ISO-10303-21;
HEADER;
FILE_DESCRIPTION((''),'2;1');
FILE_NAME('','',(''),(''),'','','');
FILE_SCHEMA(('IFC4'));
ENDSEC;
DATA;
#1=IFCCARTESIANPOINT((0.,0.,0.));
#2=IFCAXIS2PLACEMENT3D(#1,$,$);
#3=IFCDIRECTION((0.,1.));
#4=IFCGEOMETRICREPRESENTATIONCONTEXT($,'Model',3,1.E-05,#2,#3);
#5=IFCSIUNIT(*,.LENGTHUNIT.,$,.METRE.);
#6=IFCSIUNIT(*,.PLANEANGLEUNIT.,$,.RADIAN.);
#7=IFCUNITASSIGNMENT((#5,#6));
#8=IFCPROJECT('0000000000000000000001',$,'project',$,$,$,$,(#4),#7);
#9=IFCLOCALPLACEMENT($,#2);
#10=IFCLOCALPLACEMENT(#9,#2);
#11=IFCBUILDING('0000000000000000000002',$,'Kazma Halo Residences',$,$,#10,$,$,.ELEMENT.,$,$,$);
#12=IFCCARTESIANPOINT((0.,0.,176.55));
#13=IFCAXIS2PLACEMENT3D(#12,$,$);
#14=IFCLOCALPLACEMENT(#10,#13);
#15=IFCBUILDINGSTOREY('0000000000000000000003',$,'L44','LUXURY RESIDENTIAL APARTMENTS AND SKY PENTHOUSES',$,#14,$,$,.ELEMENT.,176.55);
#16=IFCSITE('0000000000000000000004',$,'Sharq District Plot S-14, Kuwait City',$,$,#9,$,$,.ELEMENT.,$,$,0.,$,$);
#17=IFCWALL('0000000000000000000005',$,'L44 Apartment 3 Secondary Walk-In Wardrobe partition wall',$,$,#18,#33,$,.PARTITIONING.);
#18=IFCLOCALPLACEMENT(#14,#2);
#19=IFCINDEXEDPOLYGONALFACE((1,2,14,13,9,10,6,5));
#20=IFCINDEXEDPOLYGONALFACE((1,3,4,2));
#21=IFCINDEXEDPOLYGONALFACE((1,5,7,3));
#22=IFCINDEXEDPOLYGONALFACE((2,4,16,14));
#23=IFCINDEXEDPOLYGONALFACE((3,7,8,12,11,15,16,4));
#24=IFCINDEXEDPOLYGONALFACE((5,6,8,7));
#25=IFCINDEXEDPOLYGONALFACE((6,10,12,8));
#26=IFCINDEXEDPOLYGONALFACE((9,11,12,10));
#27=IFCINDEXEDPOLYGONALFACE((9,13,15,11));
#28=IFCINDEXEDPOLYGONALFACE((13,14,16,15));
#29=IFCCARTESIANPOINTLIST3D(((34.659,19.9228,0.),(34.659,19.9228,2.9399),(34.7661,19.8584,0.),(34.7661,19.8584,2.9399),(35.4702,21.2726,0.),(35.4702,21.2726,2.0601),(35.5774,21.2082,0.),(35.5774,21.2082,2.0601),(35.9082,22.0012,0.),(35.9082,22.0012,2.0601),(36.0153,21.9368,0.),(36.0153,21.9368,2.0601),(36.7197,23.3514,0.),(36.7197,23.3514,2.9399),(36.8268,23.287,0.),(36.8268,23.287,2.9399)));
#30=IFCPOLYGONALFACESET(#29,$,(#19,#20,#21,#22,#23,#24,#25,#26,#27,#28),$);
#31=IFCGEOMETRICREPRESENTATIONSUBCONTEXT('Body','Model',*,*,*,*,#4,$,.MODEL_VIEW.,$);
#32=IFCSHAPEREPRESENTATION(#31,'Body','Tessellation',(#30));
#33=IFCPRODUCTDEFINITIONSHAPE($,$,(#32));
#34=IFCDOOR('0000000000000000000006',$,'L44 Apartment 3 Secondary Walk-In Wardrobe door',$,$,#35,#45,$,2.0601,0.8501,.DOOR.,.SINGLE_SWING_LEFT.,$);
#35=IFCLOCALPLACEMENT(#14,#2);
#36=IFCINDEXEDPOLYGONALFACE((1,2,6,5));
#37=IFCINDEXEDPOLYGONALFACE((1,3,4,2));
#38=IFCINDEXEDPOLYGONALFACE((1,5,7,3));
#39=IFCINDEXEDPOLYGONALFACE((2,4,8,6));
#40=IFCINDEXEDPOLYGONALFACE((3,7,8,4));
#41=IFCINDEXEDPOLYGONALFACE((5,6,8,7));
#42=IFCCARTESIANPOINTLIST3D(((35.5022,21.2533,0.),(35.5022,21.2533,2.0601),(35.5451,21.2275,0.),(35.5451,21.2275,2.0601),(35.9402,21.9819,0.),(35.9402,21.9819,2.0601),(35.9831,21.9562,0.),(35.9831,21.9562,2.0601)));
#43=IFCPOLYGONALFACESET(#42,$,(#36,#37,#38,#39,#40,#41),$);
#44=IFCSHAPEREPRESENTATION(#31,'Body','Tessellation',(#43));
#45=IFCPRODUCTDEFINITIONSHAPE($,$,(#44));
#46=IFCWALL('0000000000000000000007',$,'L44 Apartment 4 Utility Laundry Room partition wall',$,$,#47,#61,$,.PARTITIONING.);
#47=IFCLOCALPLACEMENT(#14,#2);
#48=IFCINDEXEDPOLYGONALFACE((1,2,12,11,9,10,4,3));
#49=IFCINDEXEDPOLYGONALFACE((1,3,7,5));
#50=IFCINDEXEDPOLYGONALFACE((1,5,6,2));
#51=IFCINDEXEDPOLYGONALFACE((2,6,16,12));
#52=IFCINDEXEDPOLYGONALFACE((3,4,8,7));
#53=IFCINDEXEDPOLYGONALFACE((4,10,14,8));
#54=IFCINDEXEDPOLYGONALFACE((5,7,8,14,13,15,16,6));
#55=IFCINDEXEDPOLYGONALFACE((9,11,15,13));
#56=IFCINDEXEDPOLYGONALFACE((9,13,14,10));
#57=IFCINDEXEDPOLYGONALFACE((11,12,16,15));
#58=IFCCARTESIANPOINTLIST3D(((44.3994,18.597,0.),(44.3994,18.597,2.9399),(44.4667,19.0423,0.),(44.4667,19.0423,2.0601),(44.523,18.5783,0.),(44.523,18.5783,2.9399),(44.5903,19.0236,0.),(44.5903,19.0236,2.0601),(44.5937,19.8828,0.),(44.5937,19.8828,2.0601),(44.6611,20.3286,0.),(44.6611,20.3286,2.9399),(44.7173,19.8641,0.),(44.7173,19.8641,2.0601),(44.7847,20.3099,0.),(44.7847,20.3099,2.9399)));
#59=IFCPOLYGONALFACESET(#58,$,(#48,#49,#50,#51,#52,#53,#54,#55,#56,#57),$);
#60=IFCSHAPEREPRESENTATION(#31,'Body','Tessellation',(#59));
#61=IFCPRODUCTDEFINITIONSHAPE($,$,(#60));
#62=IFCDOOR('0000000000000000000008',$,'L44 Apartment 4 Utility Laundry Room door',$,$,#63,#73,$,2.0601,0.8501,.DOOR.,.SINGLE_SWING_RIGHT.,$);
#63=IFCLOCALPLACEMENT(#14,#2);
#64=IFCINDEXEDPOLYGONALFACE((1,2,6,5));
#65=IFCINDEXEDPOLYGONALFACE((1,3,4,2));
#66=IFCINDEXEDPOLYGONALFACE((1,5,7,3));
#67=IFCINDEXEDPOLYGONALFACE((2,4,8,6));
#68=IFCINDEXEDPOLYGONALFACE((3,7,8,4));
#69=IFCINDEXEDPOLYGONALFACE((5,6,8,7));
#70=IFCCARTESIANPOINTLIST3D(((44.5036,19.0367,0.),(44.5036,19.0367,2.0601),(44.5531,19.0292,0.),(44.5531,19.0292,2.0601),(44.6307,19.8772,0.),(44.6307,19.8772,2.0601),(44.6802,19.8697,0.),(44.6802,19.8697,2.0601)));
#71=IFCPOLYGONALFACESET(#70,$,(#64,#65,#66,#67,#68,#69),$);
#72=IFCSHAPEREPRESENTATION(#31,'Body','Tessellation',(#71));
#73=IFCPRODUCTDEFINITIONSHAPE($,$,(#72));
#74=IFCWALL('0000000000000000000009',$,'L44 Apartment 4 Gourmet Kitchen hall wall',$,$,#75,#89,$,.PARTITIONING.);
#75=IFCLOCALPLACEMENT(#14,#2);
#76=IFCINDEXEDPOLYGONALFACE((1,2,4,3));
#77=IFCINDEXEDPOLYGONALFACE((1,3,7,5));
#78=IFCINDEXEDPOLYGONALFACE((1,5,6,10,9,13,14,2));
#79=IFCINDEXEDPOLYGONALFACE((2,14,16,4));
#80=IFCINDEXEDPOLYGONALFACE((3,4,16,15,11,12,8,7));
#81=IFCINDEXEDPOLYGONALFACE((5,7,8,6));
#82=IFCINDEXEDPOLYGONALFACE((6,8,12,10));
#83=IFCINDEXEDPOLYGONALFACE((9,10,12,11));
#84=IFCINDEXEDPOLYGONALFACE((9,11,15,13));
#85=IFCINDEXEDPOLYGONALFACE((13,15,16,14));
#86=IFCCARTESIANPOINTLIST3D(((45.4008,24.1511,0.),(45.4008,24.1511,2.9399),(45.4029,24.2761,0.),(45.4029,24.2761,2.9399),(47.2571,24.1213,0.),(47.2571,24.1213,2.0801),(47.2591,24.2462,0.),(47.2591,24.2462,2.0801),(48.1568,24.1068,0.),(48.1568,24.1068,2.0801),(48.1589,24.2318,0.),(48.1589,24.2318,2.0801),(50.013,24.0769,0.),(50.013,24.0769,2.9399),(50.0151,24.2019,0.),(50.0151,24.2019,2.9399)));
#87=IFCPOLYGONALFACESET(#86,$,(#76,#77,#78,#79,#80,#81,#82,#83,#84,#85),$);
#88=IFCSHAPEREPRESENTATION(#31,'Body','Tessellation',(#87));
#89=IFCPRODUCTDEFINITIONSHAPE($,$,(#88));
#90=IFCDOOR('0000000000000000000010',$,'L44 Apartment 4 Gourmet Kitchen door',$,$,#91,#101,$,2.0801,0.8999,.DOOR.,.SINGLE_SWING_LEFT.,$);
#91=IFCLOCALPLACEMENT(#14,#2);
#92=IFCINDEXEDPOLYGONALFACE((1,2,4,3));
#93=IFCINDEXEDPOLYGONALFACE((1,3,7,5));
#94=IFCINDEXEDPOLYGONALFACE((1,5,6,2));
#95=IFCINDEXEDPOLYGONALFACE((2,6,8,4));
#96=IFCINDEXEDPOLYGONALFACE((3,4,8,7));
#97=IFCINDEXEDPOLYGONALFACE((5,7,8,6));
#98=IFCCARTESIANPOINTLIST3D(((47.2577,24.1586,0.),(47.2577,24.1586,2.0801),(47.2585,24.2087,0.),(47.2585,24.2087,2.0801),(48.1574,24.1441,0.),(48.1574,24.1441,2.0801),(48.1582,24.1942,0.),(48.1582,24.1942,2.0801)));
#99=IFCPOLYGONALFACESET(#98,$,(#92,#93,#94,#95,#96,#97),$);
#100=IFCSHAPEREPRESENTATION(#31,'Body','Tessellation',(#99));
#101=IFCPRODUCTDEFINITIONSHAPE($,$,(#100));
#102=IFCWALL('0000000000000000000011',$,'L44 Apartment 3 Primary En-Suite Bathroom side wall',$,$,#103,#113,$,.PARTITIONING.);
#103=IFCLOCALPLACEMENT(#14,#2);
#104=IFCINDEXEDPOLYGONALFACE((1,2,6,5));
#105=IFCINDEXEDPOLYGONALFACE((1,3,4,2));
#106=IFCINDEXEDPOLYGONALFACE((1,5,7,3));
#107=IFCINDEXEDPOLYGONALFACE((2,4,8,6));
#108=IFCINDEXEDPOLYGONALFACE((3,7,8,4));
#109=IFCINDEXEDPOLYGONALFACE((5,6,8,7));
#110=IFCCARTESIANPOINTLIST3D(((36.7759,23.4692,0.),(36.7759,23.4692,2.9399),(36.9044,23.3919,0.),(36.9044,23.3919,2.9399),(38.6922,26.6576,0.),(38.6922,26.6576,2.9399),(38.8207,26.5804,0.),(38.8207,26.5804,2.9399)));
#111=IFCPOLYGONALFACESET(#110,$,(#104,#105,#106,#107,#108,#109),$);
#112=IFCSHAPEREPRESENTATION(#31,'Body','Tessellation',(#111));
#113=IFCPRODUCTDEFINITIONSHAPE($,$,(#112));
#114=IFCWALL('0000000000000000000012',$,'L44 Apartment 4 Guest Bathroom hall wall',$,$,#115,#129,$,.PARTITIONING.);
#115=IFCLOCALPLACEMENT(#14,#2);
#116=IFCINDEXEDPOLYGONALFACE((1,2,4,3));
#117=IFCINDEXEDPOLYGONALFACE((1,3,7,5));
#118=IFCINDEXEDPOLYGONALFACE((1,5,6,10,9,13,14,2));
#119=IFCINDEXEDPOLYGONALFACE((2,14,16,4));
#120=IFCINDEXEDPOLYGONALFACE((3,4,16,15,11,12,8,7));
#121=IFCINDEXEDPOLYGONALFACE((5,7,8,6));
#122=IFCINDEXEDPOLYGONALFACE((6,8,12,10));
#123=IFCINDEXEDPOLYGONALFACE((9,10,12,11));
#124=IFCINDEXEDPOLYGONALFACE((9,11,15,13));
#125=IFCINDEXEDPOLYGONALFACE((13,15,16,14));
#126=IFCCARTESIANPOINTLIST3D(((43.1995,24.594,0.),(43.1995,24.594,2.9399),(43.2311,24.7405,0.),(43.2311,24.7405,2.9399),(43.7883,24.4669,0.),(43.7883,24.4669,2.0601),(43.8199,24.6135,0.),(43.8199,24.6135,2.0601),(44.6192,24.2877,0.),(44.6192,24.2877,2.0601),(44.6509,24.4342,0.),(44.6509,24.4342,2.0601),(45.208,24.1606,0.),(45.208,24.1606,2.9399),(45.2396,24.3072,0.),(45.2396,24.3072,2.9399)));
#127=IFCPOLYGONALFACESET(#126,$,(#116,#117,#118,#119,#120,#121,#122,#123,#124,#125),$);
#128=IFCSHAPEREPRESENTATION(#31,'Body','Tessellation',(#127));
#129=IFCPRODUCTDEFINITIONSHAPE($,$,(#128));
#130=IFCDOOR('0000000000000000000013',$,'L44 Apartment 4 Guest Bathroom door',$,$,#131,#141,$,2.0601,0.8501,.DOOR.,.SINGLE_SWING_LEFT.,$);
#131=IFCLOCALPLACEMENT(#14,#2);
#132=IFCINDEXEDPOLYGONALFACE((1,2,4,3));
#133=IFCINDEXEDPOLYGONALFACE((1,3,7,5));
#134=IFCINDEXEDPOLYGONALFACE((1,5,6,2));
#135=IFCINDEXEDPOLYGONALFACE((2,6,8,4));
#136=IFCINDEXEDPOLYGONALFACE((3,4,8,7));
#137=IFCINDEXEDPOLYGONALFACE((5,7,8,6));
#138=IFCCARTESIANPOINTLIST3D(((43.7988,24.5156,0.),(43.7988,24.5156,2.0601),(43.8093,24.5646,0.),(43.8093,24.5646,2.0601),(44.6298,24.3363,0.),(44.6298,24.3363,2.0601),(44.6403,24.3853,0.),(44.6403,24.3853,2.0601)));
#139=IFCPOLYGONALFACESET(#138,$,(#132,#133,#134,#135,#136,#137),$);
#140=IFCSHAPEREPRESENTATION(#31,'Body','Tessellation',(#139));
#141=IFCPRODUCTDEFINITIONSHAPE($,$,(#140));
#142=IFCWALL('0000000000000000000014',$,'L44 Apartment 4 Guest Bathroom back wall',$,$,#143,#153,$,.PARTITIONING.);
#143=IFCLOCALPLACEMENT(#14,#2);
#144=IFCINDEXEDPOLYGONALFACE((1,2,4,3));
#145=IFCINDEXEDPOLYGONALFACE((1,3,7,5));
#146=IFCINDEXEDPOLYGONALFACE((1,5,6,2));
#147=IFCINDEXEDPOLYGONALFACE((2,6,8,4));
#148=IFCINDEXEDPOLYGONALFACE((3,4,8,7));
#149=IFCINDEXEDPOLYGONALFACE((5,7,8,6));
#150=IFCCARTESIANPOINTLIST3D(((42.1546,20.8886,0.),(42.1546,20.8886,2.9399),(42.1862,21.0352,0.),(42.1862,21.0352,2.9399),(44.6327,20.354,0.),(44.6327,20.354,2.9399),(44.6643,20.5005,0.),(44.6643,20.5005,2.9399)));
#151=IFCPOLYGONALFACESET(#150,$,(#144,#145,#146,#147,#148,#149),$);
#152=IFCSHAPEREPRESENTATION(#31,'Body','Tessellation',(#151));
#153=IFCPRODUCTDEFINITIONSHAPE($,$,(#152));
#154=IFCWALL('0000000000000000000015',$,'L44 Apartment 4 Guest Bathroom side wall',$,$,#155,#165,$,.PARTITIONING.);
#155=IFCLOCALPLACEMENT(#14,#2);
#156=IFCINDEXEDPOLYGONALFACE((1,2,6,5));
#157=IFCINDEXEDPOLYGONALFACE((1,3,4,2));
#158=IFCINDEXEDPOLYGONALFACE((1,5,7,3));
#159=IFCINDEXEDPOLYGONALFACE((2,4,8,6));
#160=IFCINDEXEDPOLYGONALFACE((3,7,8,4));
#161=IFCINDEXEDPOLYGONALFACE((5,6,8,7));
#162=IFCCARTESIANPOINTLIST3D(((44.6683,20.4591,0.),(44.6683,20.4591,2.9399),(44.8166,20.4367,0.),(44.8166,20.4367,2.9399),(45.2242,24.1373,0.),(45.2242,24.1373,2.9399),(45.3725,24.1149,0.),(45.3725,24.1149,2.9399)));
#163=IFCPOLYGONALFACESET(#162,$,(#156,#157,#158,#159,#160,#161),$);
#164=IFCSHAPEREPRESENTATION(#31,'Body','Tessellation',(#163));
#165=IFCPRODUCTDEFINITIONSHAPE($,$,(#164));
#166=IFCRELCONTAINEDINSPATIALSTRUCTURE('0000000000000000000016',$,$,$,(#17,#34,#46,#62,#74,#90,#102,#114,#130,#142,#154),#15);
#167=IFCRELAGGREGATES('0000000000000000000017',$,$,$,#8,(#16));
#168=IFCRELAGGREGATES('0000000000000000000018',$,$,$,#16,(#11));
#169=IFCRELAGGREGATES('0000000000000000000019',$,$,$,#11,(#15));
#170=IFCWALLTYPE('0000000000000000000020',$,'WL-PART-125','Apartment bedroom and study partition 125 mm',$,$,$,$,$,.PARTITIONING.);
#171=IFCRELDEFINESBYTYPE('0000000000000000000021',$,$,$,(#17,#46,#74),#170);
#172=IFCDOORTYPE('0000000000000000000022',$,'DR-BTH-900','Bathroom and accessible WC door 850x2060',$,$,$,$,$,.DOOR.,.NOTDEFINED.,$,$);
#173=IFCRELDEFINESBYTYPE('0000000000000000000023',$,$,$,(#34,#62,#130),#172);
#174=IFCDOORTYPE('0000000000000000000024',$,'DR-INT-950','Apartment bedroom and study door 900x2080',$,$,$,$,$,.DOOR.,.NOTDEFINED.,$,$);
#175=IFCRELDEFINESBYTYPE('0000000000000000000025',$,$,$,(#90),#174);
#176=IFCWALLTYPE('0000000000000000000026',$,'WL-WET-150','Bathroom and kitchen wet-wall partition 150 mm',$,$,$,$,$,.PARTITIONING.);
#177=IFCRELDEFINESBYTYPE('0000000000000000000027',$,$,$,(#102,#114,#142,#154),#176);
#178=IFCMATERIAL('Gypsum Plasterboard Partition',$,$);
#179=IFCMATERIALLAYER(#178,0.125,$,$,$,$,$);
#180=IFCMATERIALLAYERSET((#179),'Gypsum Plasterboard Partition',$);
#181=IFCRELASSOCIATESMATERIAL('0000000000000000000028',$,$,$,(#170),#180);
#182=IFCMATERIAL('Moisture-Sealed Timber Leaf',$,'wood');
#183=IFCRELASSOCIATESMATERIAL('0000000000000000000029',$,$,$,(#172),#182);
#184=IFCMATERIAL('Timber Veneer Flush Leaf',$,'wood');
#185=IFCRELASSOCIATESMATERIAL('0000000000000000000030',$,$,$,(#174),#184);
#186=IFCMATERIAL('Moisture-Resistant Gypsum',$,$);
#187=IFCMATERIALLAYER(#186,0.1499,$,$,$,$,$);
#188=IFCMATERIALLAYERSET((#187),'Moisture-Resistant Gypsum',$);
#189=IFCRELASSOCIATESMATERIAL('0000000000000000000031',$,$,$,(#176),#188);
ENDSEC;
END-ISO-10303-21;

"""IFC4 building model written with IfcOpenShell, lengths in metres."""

from ifc_helpers import new_model, si_unit, direction, frame, frame_2d, origin, place, context, subcontext, project, spatial, rectangle, extrude, material, layer, layer_set, type_object, element, fill, save


model = new_model("IFC4")

# Units and contexts
model_context = context("Model", 3, precision=1e-05, world=origin(), true_north=direction((0.0, 1.0)))
body_context = subcontext(model_context, "Body", "Model", "MODEL_VIEW")
ifc_project = project(units=[si_unit("LENGTHUNIT", "METRE"), si_unit("PLANEANGLEUNIT", "RADIAN")], contexts=[model_context])

# Site, building, storey
site_placement = place(None, origin())
site = spatial("IfcSite", under=ifc_project, at=site_placement, Name="Sharq District Plot S-14, Kuwait City", CompositionType="ELEMENT", RefElevation=0.0)
building_placement = place(site_placement, origin())
building = spatial("IfcBuilding", under=site, at=building_placement, Name="Kazma Halo Residences", CompositionType="ELEMENT")
storey_placement = place(building_placement, frame((0.0, 0.0, 176.55)))
storey = spatial("IfcBuildingStorey", under=building, at=storey_placement, Name="L44", Description="LUXURY RESIDENTIAL APARTMENTS AND SKY PENTHOUSES", CompositionType="ELEMENT", Elevation=176.55)

# Walls, openings, doors
ifc_material_1 = material(Name="Gypsum Plasterboard Partition")
ifc_layer_1 = layer(ifc_material_1, 0.125)
ifc_layer_set_1 = layer_set([ifc_layer_1], Name="Gypsum Plasterboard Partition")
wall_type_1 = type_object("IfcWallType", Name="WL-PART-125", Description="Apartment bedroom and study partition 125 mm", PredefinedType="PARTITIONING", material=ifc_layer_set_1)
wall_1_placement = place(storey_placement, frame((36.7732, 23.3191, 0.0), z_axis=(0.0, 0.0, 1.0), x_axis=(-0.515151, -0.8571, 0.0)))
wall_1 = element("IfcWall", 1, at=wall_1_placement, inside=storey, type_object=wall_type_1, Name="L44 Apartment 3 Secondary Walk-In Wardrobe partition wall", PredefinedType="PARTITIONING", context=body_context, shape_type="SweptSolid", body=[
    extrude(rectangle(XDim=4.0002, YDim=0.125, at=frame_2d((2.0, 0.0))), origin(), (0.0, 0.0, 1.0), 2.9399),
])
opening_1_placement = place(wall_1_placement, frame((1.5752, 0.0, 0.0)))
opening_1 = element("IfcOpeningElement", 2, at=opening_1_placement, cuts=wall_1, PredefinedType="OPENING", context=body_context, shape_type="SweptSolid", body=[
    extrude(rectangle(XDim=0.8501, YDim=2.0601, at=frame_2d((0.425, 1.03))), frame((0.0, 0.0725, 0.0), z_axis=(0.0, -1.0, 0.0), x_axis=(1.0, 0.0, 0.0)), (0.0, 0.0, 1.0), 0.145),
])
ifc_material_2 = material(Name="Moisture-Sealed Timber Leaf", Category="wood")
door_type_1 = type_object("IfcDoorType", Name="DR-BTH-900", Description="Bathroom and accessible WC door 850x2060", OperationType="NOTDEFINED", PredefinedType="DOOR", material=ifc_material_2)
door_1_placement = place(opening_1_placement, origin())
door_1 = element("IfcDoor", 3, at=door_1_placement, inside=storey, type_object=door_type_1, Name="L44 Apartment 3 Secondary Walk-In Wardrobe door", OperationType="SINGLE_SWING_LEFT", OverallHeight=2.0601, OverallWidth=0.8501, PredefinedType="DOOR", context=body_context, shape_type="SweptSolid", body=[
    extrude(rectangle(XDim=0.8501, YDim=2.0601, at=frame_2d((0.425, 1.03))), frame((0.0, 0.0249, 0.0), z_axis=(0.0, -1.0, 0.0), x_axis=(1.0, 0.0, 0.0)), (0.0, 0.0, 1.0), 0.05),
])
fill(opening_1, door_1)
wall_2_placement = place(storey_placement, frame((44.7229, 20.3191, 0.0), z_axis=(0.0, 0.0, 1.0), x_axis=(-0.149458, -0.988768, 0.0)))
wall_2 = element("IfcWall", 4, at=wall_2_placement, inside=storey, type_object=wall_type_1, Name="L44 Apartment 4 Utility Laundry Room partition wall", PredefinedType="PARTITIONING", context=body_context, shape_type="SweptSolid", body=[
    extrude(rectangle(XDim=1.7512, YDim=0.125, at=frame_2d((0.8755, 0.0))), origin(), (0.0, 0.0, 1.0), 2.9399),
])
opening_2_placement = place(wall_2_placement, frame((0.4507, 0.0, 0.0)))
opening_2 = element("IfcOpeningElement", 5, at=opening_2_placement, cuts=wall_2, PredefinedType="OPENING", context=body_context, shape_type="SweptSolid", body=[
    extrude(rectangle(XDim=0.8501, YDim=2.0601, at=frame_2d((0.425, 1.03))), frame((0.0, 0.0725, 0.0), z_axis=(0.0, -1.0, 0.0), x_axis=(1.0, 0.0, 0.0)), (0.0, 0.0, 1.0), 0.145),
])
door_2_placement = place(opening_2_placement, origin())
door_2 = element("IfcDoor", 6, at=door_2_placement, inside=storey, type_object=door_type_1, Name="L44 Apartment 4 Utility Laundry Room door", OperationType="SINGLE_SWING_RIGHT", OverallHeight=2.0601, OverallWidth=0.8501, PredefinedType="DOOR", context=body_context, shape_type="SweptSolid", body=[
    extrude(rectangle(XDim=0.8501, YDim=2.0601, at=frame_2d((0.425, 1.03))), frame((0.0, 0.0249, 0.0), z_axis=(0.0, -1.0, 0.0), x_axis=(1.0, 0.0, 0.0)), (0.0, 0.0, 1.0), 0.05),
])
fill(opening_2, door_2)
wall_3_placement = place(storey_placement, frame((45.4019, 24.2136, 0.0), z_axis=(0.0, 0.0, 1.0), x_axis=(0.999871, -0.016089, 0.0)))
wall_3 = element("IfcWall", 7, at=wall_3_placement, inside=storey, type_object=wall_type_1, Name="L44 Apartment 4 Gourmet Kitchen hall wall", PredefinedType="PARTITIONING", context=body_context, shape_type="SweptSolid", body=[
    extrude(rectangle(XDim=4.6128, YDim=0.125, at=frame_2d((2.3064, 0.0))), origin(), (0.0, 0.0, 1.0), 2.9399),
])
opening_3_placement = place(wall_3_placement, frame((1.8564, 0.0, 0.0)))
opening_3 = element("IfcOpeningElement", 8, at=opening_3_placement, cuts=wall_3, PredefinedType="OPENING", context=body_context, shape_type="SweptSolid", body=[
    extrude(rectangle(XDim=0.8999, YDim=2.0801, at=frame_2d((0.45, 1.04))), frame((0.0, 0.0725, 0.0), z_axis=(0.0, -1.0, 0.0), x_axis=(1.0, 0.0, 0.0)), (0.0, 0.0, 1.0), 0.145),
])
ifc_material_3 = material(Name="Timber Veneer Flush Leaf", Category="wood")
door_type_2 = type_object("IfcDoorType", Name="DR-INT-950", Description="Apartment bedroom and study door 900x2080", OperationType="NOTDEFINED", PredefinedType="DOOR", material=ifc_material_3)
door_3_placement = place(opening_3_placement, origin())
door_3 = element("IfcDoor", 9, at=door_3_placement, inside=storey, type_object=door_type_2, Name="L44 Apartment 4 Gourmet Kitchen door", OperationType="SINGLE_SWING_LEFT", OverallHeight=2.0801, OverallWidth=0.8999, PredefinedType="DOOR", context=body_context, shape_type="SweptSolid", body=[
    extrude(rectangle(XDim=0.8999, YDim=2.0801, at=frame_2d((0.45, 1.04))), frame((0.0, 0.0249, 0.0), z_axis=(0.0, -1.0, 0.0), x_axis=(1.0, 0.0, 0.0)), (0.0, 0.0, 1.0), 0.05),
])
fill(opening_3, door_3)

# Wall
ifc_material_4 = material(Name="Moisture-Resistant Gypsum")
ifc_layer_2 = layer(ifc_material_4, 0.1499)
ifc_layer_set_2 = layer_set([ifc_layer_2], Name="Moisture-Resistant Gypsum")
wall_type_2 = type_object("IfcWallType", Name="WL-WET-150", Description="Bathroom and kitchen wet-wall partition 150 mm", PredefinedType="PARTITIONING", material=ifc_layer_set_2)
wall_4_placement = place(storey_placement, frame((38.7563, 26.6189, 0.0), z_axis=(0.0, 0.0, 1.0), x_axis=(-0.515123, -0.857116, 0.0)))
element("IfcWall", 10, at=wall_4_placement, inside=storey, type_object=wall_type_2, Name="L44 Apartment 3 Primary En-Suite Bathroom side wall", PredefinedType="PARTITIONING", context=body_context, shape_type="SweptSolid", body=[
    extrude(rectangle(XDim=3.72, YDim=0.1499, at=frame_2d((1.8599, 0.0))), origin(), (0.0, 0.0, 1.0), 2.9399),
])

# Wall, opening, door
wall_5_placement = place(storey_placement, frame((43.2153, 24.6672, 0.0), z_axis=(0.0, 0.0, 1.0), x_axis=(0.977508, -0.2109, 0.0)))
wall_5 = element("IfcWall", 11, at=wall_5_placement, inside=storey, type_object=wall_type_2, Name="L44 Apartment 4 Guest Bathroom hall wall", PredefinedType="PARTITIONING", context=body_context, shape_type="SweptSolid", body=[
    extrude(rectangle(XDim=2.0547, YDim=0.1499, at=frame_2d((1.0273, 0.0))), origin(), (0.0, 0.0, 1.0), 2.9399),
])
opening_4_placement = place(wall_5_placement, frame((0.6023, 0.0, 0.0)))
opening_4 = element("IfcOpeningElement", 12, at=opening_4_placement, cuts=wall_5, PredefinedType="OPENING", context=body_context, shape_type="SweptSolid", body=[
    extrude(rectangle(XDim=0.8501, YDim=2.0601, at=frame_2d((0.425, 1.03))), frame((0.0, 0.085, 0.0), z_axis=(0.0, -1.0, 0.0), x_axis=(1.0, 0.0, 0.0)), (0.0, 0.0, 1.0), 0.1699),
])
door_4_placement = place(opening_4_placement, origin())
door_4 = element("IfcDoor", 13, at=door_4_placement, inside=storey, type_object=door_type_1, Name="L44 Apartment 4 Guest Bathroom door", OperationType="SINGLE_SWING_LEFT", OverallHeight=2.0601, OverallWidth=0.8501, PredefinedType="DOOR", context=body_context, shape_type="SweptSolid", body=[
    extrude(rectangle(XDim=0.8501, YDim=2.0601, at=frame_2d((0.425, 1.03))), frame((0.0, 0.0249, 0.0), z_axis=(0.0, -1.0, 0.0), x_axis=(1.0, 0.0, 0.0)), (0.0, 0.0, 1.0), 0.05),
])
fill(opening_4, door_4)

# Walls
wall_6_placement = place(storey_placement, frame((42.1704, 20.9619, 0.0), z_axis=(0.0, 0.0, 1.0), x_axis=(0.977505, -0.21091, 0.0)))
element("IfcWall", 14, at=wall_6_placement, inside=storey, type_object=wall_type_2, Name="L44 Apartment 4 Guest Bathroom back wall", PredefinedType="PARTITIONING", context=body_context, shape_type="SweptSolid", body=[
    extrude(rectangle(XDim=2.5352, YDim=0.1499, at=frame_2d((1.2676, 0.0))), origin(), (0.0, 0.0, 1.0), 2.9399),
])
wall_7_placement = place(storey_placement, frame((45.2983, 24.126, 0.0), z_axis=(0.0, 0.0, 1.0), x_axis=(-0.149438, -0.988771, 0.0)))
element("IfcWall", 15, at=wall_7_placement, inside=storey, type_object=wall_type_2, Name="L44 Apartment 4 Guest Bathroom side wall", PredefinedType="PARTITIONING", context=body_context, shape_type="SweptSolid", body=[
    extrude(rectangle(XDim=3.72, YDim=0.1499, at=frame_2d((1.8599, 0.0))), origin(), (0.0, 0.0, 1.0), 2.9399),
])

save(model, "model.ifc")
